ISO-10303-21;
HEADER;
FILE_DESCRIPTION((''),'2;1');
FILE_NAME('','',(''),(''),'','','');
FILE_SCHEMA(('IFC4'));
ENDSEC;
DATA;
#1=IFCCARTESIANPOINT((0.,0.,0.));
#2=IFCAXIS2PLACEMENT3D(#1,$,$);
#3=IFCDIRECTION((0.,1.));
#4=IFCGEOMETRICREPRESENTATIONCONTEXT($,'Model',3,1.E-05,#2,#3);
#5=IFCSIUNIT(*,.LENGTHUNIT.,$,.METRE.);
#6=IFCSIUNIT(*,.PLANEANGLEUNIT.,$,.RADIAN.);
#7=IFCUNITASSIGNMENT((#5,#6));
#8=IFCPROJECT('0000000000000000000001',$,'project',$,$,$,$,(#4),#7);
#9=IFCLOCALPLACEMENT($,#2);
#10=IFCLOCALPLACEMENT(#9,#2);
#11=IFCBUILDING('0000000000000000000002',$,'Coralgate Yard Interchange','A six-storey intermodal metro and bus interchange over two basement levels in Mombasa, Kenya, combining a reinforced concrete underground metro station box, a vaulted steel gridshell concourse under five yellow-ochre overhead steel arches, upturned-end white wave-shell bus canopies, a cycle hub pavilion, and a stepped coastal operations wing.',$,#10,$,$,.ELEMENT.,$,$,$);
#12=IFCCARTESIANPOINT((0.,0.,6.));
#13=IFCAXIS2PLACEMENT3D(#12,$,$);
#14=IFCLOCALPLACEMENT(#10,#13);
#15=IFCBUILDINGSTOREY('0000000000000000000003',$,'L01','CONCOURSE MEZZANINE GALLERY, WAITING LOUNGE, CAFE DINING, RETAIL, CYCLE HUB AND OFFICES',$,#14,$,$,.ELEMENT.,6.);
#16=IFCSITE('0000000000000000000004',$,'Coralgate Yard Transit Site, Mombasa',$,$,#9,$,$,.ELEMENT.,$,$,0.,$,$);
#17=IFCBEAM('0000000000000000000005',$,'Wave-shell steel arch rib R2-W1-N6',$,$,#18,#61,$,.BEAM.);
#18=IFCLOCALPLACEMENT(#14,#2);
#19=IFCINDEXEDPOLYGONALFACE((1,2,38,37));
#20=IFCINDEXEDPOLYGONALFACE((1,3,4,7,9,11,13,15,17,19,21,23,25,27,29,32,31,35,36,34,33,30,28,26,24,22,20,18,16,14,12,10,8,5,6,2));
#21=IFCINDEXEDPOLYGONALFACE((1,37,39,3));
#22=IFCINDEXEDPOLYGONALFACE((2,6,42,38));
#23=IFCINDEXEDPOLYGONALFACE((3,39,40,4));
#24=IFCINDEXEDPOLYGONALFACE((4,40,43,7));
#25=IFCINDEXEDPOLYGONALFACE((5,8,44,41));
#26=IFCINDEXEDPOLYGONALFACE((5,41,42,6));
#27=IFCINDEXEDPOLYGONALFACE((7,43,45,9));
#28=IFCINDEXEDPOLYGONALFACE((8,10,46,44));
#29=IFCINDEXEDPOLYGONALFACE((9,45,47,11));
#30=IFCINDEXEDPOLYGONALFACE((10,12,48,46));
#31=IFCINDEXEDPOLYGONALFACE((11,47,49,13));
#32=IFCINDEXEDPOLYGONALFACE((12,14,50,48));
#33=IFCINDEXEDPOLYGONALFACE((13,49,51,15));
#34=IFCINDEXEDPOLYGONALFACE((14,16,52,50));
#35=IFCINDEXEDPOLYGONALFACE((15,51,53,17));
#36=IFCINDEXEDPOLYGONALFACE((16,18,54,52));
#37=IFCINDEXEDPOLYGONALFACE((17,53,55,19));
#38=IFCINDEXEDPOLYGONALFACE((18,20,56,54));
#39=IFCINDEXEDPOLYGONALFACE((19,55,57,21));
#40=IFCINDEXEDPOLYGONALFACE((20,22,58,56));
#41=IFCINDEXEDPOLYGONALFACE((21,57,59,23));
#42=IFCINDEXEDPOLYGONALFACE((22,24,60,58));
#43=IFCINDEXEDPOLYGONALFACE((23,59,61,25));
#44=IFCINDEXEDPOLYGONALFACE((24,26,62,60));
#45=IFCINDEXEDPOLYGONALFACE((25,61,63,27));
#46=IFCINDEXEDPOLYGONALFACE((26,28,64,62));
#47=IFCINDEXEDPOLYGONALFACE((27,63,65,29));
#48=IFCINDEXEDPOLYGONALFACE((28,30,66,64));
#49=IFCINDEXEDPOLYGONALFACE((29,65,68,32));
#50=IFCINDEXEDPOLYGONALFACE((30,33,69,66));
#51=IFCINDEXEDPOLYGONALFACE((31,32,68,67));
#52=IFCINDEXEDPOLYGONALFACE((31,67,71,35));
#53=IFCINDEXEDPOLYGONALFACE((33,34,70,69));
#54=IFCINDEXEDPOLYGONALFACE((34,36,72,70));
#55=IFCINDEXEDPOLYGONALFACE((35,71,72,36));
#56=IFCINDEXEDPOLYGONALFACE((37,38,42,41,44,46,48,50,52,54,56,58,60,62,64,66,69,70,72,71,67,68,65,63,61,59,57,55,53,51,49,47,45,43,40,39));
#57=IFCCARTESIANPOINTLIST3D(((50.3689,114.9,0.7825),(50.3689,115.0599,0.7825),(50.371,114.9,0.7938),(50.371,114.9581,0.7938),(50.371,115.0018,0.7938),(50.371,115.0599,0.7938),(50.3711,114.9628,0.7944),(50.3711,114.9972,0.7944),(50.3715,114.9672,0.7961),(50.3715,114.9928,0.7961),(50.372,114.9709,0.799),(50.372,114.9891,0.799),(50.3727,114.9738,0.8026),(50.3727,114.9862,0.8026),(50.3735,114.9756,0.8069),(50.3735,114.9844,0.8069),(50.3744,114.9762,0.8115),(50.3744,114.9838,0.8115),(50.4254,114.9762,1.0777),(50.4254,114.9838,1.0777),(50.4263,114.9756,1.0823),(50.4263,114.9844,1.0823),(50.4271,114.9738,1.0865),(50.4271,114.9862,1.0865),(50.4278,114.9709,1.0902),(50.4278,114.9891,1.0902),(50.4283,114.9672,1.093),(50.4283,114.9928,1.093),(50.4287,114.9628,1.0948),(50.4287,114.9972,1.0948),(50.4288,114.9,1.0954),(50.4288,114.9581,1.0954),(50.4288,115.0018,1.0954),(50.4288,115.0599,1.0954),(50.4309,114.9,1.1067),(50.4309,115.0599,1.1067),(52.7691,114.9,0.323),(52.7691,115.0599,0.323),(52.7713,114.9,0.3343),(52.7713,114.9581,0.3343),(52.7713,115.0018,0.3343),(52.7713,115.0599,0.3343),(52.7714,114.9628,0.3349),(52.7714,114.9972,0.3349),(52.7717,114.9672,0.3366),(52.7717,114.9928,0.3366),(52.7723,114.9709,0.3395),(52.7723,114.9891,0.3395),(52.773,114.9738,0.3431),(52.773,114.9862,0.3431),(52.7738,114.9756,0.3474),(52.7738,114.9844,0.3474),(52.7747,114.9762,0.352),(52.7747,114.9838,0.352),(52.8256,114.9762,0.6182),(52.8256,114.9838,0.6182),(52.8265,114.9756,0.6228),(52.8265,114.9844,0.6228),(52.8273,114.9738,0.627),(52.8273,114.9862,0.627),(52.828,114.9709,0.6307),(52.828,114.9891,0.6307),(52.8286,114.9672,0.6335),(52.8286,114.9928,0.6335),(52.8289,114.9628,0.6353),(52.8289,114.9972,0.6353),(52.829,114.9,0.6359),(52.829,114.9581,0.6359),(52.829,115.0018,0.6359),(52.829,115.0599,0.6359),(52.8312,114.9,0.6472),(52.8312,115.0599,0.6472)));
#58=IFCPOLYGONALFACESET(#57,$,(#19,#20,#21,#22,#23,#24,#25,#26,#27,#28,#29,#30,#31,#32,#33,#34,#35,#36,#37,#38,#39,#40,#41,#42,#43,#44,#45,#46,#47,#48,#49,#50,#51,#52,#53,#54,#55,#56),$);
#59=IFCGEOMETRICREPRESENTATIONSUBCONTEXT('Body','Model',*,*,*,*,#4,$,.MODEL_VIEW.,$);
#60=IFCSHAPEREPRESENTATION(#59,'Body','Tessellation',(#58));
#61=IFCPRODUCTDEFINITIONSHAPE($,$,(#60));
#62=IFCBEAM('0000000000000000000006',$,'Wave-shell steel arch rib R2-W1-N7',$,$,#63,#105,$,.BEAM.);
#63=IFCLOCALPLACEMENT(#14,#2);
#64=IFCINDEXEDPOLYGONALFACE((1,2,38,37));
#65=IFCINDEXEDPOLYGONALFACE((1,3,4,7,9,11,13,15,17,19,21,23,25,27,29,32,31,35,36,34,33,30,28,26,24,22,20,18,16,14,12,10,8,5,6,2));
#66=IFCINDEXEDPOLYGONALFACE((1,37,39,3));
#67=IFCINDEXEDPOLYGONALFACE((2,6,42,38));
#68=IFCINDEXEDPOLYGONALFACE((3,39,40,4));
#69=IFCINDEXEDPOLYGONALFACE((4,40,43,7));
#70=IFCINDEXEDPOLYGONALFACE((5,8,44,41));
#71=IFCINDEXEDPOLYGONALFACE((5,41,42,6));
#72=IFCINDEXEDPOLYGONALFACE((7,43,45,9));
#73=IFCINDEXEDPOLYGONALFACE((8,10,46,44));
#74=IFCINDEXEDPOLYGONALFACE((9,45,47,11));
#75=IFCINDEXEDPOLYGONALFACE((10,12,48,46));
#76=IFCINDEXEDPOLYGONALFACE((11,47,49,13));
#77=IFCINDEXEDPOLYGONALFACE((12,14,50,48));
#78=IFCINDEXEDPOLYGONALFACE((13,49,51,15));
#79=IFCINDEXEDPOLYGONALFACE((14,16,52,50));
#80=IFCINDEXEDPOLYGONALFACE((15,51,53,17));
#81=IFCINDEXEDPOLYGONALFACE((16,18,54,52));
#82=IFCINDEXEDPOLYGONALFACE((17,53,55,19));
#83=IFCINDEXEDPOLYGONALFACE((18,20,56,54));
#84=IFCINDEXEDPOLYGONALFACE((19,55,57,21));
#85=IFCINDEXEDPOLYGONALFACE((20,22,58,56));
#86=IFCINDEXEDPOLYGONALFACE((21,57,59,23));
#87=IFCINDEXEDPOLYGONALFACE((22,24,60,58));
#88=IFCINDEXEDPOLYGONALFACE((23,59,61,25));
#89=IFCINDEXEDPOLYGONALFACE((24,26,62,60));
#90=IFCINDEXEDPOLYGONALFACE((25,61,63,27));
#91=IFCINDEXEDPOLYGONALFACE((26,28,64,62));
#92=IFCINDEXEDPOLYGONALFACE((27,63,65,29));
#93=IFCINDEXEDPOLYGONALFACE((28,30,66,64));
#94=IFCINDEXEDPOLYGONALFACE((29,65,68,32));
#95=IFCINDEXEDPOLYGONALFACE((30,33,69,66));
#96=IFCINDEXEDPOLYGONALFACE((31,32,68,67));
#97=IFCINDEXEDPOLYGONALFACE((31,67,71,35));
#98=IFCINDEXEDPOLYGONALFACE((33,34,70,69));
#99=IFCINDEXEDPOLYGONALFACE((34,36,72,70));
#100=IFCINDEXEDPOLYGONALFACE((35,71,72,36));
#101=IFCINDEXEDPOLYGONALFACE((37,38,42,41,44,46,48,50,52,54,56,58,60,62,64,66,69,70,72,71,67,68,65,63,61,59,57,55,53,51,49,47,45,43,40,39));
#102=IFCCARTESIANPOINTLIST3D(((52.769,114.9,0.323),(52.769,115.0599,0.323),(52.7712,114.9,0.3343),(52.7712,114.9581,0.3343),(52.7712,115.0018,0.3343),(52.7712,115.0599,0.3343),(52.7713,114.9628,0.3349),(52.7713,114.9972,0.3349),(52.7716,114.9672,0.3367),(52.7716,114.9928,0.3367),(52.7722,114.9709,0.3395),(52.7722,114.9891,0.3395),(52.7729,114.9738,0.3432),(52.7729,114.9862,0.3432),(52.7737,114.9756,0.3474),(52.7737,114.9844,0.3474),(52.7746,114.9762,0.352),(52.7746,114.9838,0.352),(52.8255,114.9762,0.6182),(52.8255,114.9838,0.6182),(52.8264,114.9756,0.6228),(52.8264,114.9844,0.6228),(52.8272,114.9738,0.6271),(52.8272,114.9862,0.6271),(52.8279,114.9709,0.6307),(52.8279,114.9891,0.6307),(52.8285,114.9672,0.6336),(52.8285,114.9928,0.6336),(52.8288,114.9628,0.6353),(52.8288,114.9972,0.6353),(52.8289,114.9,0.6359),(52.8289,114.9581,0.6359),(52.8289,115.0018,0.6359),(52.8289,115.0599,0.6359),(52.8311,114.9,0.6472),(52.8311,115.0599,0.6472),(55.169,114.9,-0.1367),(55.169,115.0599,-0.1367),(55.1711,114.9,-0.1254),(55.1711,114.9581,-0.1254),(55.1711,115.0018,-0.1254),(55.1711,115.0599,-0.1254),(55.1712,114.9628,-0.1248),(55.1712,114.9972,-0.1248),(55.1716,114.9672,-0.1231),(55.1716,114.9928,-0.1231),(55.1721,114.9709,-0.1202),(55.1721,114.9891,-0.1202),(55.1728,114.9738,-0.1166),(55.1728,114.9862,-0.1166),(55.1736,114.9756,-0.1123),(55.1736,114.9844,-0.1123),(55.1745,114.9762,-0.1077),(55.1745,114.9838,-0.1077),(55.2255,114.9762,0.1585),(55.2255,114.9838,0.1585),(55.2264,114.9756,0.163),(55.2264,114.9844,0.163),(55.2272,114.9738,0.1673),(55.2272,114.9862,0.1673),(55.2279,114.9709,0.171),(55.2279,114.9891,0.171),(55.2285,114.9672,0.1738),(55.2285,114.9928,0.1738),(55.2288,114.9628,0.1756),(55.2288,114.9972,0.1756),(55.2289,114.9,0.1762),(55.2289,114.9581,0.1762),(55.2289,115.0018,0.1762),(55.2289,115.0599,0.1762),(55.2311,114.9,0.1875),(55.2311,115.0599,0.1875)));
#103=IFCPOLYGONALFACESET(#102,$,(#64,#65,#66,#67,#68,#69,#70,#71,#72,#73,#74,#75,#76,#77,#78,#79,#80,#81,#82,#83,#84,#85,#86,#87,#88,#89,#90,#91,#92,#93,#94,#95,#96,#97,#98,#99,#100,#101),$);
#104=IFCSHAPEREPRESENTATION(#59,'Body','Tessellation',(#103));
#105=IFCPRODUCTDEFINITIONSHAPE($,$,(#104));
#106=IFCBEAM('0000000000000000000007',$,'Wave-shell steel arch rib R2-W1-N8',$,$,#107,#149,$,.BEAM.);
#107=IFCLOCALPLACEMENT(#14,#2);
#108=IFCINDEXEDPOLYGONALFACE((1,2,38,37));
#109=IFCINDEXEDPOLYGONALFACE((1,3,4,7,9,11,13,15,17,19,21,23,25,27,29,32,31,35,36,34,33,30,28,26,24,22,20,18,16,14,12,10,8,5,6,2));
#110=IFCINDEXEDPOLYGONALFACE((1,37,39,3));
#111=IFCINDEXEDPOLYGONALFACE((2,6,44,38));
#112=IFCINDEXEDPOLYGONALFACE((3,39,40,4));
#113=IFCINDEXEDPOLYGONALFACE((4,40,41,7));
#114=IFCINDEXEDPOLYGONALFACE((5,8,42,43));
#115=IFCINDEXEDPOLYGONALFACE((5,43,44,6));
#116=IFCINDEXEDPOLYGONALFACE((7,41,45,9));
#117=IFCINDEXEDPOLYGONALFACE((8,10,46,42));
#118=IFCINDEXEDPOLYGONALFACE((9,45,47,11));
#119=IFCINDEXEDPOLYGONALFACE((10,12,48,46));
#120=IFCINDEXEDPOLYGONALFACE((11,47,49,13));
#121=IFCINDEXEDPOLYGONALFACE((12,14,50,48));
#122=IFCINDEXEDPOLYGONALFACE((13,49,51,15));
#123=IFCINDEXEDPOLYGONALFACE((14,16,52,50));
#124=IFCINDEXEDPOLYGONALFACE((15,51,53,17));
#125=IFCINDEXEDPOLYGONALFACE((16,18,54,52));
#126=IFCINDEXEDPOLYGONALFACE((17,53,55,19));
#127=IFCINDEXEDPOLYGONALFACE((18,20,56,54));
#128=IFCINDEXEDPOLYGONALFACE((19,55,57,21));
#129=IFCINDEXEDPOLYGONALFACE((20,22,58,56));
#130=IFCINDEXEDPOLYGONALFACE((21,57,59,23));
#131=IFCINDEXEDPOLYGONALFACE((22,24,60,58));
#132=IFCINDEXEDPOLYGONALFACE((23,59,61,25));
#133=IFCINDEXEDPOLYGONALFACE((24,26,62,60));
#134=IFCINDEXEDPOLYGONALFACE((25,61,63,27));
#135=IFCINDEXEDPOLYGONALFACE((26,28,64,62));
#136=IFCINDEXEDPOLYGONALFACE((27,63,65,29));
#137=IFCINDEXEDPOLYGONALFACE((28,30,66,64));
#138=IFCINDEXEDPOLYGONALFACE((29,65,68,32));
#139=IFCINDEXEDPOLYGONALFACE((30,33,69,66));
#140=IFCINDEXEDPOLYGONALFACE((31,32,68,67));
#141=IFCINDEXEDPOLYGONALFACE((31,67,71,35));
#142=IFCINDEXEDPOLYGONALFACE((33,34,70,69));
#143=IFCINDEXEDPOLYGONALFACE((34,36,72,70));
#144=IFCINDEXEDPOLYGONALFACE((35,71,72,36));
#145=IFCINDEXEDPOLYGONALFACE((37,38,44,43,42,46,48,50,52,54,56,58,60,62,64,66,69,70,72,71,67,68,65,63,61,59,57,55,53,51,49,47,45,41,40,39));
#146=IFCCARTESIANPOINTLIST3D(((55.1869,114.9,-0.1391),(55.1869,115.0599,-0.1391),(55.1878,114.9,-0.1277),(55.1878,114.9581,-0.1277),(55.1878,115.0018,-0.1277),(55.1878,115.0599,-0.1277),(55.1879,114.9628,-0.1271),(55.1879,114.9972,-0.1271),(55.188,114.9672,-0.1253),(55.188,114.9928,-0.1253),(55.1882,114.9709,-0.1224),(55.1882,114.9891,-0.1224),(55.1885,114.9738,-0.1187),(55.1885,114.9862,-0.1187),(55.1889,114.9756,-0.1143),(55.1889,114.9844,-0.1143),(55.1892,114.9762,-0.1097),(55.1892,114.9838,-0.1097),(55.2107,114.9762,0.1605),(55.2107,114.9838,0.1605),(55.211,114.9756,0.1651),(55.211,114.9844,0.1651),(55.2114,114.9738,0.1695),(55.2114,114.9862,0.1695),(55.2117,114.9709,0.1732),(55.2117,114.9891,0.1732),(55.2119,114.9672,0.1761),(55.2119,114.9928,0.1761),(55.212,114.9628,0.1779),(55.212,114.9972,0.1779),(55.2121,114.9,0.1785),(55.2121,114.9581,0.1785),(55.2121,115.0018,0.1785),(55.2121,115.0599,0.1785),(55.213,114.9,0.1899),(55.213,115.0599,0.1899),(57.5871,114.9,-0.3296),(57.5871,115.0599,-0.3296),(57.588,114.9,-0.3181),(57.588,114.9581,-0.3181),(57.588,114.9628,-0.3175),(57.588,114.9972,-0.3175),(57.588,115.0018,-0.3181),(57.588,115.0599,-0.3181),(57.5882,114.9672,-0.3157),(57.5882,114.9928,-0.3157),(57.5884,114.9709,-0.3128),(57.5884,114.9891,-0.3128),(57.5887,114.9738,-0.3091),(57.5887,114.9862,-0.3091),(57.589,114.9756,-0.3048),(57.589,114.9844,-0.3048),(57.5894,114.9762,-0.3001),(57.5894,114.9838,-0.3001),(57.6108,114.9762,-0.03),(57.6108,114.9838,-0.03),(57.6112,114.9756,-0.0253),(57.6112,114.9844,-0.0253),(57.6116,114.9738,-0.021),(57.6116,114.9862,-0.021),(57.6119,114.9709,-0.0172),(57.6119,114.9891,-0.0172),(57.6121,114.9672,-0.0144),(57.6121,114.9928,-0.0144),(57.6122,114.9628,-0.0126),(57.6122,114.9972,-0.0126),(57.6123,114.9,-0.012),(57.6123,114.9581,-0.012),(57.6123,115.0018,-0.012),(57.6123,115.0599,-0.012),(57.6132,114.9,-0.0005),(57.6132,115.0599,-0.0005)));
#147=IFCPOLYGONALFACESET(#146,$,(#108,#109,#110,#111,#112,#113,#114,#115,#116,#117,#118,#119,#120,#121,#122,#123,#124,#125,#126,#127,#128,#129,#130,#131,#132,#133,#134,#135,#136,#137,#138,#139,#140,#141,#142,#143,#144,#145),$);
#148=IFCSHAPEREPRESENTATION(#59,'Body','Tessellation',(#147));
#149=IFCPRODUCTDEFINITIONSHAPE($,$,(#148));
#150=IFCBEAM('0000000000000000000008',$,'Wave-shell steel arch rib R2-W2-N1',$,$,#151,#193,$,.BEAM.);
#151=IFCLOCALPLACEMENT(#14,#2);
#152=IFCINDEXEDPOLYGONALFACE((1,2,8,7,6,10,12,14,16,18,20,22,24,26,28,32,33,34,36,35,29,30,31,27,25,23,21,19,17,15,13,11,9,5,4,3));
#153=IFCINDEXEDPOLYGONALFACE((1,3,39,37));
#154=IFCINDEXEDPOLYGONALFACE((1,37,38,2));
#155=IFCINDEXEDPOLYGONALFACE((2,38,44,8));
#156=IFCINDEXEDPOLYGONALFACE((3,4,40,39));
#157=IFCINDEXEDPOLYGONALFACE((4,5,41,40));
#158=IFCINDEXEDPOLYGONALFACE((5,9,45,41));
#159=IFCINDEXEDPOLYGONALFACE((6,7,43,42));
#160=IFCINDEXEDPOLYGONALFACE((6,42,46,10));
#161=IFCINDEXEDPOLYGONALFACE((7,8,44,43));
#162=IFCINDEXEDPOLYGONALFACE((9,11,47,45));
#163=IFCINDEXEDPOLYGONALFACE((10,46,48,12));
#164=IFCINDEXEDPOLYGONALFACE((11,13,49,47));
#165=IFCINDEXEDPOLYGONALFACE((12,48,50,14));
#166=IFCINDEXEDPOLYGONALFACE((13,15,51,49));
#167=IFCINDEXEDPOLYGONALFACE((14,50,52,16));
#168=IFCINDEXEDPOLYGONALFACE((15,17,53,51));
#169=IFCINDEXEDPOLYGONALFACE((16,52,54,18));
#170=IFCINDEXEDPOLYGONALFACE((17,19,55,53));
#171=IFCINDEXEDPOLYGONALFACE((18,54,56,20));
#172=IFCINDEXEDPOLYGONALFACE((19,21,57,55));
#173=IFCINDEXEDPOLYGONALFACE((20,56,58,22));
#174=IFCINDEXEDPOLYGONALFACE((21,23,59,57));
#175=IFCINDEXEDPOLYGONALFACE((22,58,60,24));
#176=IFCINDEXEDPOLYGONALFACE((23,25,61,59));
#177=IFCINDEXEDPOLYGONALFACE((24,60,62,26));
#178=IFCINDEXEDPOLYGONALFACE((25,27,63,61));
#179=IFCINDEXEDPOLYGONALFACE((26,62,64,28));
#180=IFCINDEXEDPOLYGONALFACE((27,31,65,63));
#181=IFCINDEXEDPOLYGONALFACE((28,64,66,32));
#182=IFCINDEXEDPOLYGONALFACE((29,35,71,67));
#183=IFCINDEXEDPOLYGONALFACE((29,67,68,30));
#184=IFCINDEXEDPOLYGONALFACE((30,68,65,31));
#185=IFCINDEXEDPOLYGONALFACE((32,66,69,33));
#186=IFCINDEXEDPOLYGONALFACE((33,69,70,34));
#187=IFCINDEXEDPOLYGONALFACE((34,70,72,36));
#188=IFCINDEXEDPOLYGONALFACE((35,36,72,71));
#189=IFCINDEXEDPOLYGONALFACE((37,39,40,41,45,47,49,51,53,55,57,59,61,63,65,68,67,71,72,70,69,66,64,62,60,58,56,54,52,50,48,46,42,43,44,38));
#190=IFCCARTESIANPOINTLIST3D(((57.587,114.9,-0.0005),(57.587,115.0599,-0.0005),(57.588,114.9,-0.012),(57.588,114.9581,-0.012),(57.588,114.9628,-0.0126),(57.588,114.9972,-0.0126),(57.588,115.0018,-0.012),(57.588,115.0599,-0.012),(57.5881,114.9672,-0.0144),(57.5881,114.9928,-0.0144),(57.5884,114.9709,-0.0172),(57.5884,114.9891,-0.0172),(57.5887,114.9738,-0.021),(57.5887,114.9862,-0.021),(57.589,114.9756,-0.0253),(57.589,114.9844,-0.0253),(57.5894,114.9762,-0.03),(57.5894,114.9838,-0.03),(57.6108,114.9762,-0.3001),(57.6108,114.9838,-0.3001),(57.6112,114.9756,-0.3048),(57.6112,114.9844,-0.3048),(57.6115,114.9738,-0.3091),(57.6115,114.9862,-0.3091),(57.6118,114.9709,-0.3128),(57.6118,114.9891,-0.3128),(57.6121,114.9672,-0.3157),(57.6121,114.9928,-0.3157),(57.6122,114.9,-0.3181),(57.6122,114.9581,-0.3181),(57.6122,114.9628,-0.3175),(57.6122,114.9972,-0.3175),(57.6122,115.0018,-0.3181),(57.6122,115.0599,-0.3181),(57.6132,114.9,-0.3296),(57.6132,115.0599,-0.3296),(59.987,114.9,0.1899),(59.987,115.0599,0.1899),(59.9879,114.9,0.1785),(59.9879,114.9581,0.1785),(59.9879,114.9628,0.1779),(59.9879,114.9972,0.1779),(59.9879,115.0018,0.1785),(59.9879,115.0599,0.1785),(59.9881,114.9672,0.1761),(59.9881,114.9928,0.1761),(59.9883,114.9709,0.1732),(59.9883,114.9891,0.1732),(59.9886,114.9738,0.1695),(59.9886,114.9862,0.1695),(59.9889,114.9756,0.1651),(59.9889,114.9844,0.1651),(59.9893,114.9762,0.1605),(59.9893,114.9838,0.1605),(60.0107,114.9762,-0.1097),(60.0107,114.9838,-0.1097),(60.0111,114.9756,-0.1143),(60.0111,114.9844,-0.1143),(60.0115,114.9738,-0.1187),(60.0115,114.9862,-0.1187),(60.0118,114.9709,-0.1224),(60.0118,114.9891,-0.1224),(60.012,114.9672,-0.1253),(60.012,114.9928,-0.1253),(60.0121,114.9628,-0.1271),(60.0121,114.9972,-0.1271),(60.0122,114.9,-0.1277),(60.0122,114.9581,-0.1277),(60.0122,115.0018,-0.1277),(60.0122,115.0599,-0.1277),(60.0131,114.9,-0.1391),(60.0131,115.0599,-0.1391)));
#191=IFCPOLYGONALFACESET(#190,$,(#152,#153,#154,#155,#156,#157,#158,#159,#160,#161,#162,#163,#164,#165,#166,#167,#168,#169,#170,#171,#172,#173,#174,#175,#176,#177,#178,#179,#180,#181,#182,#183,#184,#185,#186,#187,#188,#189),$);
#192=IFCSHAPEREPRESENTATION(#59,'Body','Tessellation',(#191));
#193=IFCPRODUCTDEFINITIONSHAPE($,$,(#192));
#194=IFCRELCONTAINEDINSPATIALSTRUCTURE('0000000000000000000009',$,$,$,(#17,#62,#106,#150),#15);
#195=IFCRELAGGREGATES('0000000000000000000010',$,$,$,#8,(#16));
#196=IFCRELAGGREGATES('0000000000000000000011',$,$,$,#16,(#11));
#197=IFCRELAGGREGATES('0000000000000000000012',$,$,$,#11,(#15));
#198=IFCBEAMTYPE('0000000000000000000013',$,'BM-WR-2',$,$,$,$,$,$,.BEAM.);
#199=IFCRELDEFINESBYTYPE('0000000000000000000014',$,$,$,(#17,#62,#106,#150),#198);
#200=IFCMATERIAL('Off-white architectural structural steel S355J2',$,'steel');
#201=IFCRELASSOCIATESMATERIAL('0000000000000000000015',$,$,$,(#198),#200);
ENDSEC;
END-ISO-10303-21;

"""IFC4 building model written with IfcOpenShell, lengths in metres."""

from ifc_helpers import new_model, si_unit, direction, frame, origin, origin_2d, place, context, subcontext, project, spatial, i_section, extrude, material, material_profile, profile_set, type_object, element, save


model = new_model("IFC4")

# Units and contexts
model_context = context("Model", 3, precision=1e-05, world=origin(), true_north=direction((0.0, 1.0)))
body_context = subcontext(model_context, "Body", "Model", "MODEL_VIEW")
ifc_project = project(units=[si_unit("LENGTHUNIT", "METRE"), si_unit("PLANEANGLEUNIT", "RADIAN")], contexts=[model_context])

# Site, building, storey
site_placement = place(None, origin())
site = spatial("IfcSite", under=ifc_project, at=site_placement, Name="Coralgate Yard Transit Site, Mombasa", CompositionType="ELEMENT", RefElevation=0.0)
building_placement = place(site_placement, origin())
building = spatial("IfcBuilding", under=site, at=building_placement, Name="Coralgate Yard Interchange", Description="A six-storey intermodal metro and bus interchange over two basement levels in Mombasa, Kenya, combining a reinforced concrete underground metro station box, a vaulted steel gridshell concourse under five yellow-ochre overhead steel arches, upturned-end white wave-shell bus canopies, a cycle hub pavilion, and a stepped coastal operations wing.", CompositionType="ELEMENT")
storey_placement = place(building_placement, frame((0.0, 0.0, 6.0)))
storey = spatial("IfcBuildingStorey", under=building, at=storey_placement, Name="L01", Description="CONCOURSE MEZZANINE GALLERY, WAITING LOUNGE, CAFE DINING, RETAIL, CYCLE HUB AND OFFICES", CompositionType="ELEMENT", Elevation=6.0)

# Beams
ifc_material_1 = material(Name="Off-white architectural structural steel S355J2", Category="steel")
ifc_material_profile_1 = material_profile(ifc_material_1, i_section(OverallWidth=0.1599, OverallDepth=0.3301, WebThickness=0.0076, FlangeThickness=0.0115, FilletRadius=0.0181, at=origin_2d()), Name="IPE 330")
ifc_profile_set_1 = profile_set([ifc_material_profile_1], Name="Off-white architectural structural steel S355J2")
beam_type_1 = type_object("IfcBeamType", Name="BM-WR-2", PredefinedType="BEAM", material=ifc_profile_set_1)
beam_1_placement = place(storey_placement, frame((50.3999, 114.98, 0.9446), z_axis=(0.982165, 0.0, -0.188021), x_axis=(0.0, 1.0, 0.0)))
element("IfcBeam", 1, at=beam_1_placement, inside=storey, type_object=beam_type_1, Name="Wave-shell steel arch rib R2-W1-N6", PredefinedType="BEAM", context=body_context, shape_type="SweptSolid", body=[
    extrude(i_section(OverallWidth=0.1599, OverallDepth=0.3301, WebThickness=0.0076, FlangeThickness=0.0115, FilletRadius=0.0181, at=origin_2d()), origin(), (0.0, 0.0, 1.0), 2.4438),
])
beam_2_placement = place(storey_placement, frame((52.8, 114.98, 0.4851), z_axis=(0.982143, 0.0, -0.188136), x_axis=(0.0, 1.0, 0.0)))
element("IfcBeam", 2, at=beam_2_placement, inside=storey, type_object=beam_type_1, Name="Wave-shell steel arch rib R2-W1-N7", PredefinedType="BEAM", context=body_context, shape_type="SweptSolid", body=[
    extrude(i_section(OverallWidth=0.1599, OverallDepth=0.3301, WebThickness=0.0076, FlangeThickness=0.0115, FilletRadius=0.0181, at=origin_2d()), origin(), (0.0, 0.0, 1.0), 2.4436),
])
beam_3_placement = place(storey_placement, frame((55.2, 114.98, 0.0254), z_axis=(0.996867, 0.0, -0.079092), x_axis=(0.0, 1.0, 0.0)))
element("IfcBeam", 3, at=beam_3_placement, inside=storey, type_object=beam_type_1, Name="Wave-shell steel arch rib R2-W1-N8", PredefinedType="BEAM", context=body_context, shape_type="SweptSolid", body=[
    extrude(i_section(OverallWidth=0.1599, OverallDepth=0.3301, WebThickness=0.0076, FlangeThickness=0.0115, FilletRadius=0.0181, at=origin_2d()), origin(), (0.0, 0.0, 1.0), 2.4077),
])
beam_4_placement = place(storey_placement, frame((57.6001, 114.98, -0.165), z_axis=(0.996867, 0.0, 0.0791), x_axis=(0.0, 1.0, 0.0)))
element("IfcBeam", 4, at=beam_4_placement, inside=storey, type_object=beam_type_1, Name="Wave-shell steel arch rib R2-W2-N1", PredefinedType="BEAM", context=body_context, shape_type="SweptSolid", body=[
    extrude(i_section(OverallWidth=0.1599, OverallDepth=0.3301, WebThickness=0.0076, FlangeThickness=0.0115, FilletRadius=0.0181, at=origin_2d()), origin(), (0.0, 0.0, 1.0), 2.4075),
])

save(model, "model.ifc")
